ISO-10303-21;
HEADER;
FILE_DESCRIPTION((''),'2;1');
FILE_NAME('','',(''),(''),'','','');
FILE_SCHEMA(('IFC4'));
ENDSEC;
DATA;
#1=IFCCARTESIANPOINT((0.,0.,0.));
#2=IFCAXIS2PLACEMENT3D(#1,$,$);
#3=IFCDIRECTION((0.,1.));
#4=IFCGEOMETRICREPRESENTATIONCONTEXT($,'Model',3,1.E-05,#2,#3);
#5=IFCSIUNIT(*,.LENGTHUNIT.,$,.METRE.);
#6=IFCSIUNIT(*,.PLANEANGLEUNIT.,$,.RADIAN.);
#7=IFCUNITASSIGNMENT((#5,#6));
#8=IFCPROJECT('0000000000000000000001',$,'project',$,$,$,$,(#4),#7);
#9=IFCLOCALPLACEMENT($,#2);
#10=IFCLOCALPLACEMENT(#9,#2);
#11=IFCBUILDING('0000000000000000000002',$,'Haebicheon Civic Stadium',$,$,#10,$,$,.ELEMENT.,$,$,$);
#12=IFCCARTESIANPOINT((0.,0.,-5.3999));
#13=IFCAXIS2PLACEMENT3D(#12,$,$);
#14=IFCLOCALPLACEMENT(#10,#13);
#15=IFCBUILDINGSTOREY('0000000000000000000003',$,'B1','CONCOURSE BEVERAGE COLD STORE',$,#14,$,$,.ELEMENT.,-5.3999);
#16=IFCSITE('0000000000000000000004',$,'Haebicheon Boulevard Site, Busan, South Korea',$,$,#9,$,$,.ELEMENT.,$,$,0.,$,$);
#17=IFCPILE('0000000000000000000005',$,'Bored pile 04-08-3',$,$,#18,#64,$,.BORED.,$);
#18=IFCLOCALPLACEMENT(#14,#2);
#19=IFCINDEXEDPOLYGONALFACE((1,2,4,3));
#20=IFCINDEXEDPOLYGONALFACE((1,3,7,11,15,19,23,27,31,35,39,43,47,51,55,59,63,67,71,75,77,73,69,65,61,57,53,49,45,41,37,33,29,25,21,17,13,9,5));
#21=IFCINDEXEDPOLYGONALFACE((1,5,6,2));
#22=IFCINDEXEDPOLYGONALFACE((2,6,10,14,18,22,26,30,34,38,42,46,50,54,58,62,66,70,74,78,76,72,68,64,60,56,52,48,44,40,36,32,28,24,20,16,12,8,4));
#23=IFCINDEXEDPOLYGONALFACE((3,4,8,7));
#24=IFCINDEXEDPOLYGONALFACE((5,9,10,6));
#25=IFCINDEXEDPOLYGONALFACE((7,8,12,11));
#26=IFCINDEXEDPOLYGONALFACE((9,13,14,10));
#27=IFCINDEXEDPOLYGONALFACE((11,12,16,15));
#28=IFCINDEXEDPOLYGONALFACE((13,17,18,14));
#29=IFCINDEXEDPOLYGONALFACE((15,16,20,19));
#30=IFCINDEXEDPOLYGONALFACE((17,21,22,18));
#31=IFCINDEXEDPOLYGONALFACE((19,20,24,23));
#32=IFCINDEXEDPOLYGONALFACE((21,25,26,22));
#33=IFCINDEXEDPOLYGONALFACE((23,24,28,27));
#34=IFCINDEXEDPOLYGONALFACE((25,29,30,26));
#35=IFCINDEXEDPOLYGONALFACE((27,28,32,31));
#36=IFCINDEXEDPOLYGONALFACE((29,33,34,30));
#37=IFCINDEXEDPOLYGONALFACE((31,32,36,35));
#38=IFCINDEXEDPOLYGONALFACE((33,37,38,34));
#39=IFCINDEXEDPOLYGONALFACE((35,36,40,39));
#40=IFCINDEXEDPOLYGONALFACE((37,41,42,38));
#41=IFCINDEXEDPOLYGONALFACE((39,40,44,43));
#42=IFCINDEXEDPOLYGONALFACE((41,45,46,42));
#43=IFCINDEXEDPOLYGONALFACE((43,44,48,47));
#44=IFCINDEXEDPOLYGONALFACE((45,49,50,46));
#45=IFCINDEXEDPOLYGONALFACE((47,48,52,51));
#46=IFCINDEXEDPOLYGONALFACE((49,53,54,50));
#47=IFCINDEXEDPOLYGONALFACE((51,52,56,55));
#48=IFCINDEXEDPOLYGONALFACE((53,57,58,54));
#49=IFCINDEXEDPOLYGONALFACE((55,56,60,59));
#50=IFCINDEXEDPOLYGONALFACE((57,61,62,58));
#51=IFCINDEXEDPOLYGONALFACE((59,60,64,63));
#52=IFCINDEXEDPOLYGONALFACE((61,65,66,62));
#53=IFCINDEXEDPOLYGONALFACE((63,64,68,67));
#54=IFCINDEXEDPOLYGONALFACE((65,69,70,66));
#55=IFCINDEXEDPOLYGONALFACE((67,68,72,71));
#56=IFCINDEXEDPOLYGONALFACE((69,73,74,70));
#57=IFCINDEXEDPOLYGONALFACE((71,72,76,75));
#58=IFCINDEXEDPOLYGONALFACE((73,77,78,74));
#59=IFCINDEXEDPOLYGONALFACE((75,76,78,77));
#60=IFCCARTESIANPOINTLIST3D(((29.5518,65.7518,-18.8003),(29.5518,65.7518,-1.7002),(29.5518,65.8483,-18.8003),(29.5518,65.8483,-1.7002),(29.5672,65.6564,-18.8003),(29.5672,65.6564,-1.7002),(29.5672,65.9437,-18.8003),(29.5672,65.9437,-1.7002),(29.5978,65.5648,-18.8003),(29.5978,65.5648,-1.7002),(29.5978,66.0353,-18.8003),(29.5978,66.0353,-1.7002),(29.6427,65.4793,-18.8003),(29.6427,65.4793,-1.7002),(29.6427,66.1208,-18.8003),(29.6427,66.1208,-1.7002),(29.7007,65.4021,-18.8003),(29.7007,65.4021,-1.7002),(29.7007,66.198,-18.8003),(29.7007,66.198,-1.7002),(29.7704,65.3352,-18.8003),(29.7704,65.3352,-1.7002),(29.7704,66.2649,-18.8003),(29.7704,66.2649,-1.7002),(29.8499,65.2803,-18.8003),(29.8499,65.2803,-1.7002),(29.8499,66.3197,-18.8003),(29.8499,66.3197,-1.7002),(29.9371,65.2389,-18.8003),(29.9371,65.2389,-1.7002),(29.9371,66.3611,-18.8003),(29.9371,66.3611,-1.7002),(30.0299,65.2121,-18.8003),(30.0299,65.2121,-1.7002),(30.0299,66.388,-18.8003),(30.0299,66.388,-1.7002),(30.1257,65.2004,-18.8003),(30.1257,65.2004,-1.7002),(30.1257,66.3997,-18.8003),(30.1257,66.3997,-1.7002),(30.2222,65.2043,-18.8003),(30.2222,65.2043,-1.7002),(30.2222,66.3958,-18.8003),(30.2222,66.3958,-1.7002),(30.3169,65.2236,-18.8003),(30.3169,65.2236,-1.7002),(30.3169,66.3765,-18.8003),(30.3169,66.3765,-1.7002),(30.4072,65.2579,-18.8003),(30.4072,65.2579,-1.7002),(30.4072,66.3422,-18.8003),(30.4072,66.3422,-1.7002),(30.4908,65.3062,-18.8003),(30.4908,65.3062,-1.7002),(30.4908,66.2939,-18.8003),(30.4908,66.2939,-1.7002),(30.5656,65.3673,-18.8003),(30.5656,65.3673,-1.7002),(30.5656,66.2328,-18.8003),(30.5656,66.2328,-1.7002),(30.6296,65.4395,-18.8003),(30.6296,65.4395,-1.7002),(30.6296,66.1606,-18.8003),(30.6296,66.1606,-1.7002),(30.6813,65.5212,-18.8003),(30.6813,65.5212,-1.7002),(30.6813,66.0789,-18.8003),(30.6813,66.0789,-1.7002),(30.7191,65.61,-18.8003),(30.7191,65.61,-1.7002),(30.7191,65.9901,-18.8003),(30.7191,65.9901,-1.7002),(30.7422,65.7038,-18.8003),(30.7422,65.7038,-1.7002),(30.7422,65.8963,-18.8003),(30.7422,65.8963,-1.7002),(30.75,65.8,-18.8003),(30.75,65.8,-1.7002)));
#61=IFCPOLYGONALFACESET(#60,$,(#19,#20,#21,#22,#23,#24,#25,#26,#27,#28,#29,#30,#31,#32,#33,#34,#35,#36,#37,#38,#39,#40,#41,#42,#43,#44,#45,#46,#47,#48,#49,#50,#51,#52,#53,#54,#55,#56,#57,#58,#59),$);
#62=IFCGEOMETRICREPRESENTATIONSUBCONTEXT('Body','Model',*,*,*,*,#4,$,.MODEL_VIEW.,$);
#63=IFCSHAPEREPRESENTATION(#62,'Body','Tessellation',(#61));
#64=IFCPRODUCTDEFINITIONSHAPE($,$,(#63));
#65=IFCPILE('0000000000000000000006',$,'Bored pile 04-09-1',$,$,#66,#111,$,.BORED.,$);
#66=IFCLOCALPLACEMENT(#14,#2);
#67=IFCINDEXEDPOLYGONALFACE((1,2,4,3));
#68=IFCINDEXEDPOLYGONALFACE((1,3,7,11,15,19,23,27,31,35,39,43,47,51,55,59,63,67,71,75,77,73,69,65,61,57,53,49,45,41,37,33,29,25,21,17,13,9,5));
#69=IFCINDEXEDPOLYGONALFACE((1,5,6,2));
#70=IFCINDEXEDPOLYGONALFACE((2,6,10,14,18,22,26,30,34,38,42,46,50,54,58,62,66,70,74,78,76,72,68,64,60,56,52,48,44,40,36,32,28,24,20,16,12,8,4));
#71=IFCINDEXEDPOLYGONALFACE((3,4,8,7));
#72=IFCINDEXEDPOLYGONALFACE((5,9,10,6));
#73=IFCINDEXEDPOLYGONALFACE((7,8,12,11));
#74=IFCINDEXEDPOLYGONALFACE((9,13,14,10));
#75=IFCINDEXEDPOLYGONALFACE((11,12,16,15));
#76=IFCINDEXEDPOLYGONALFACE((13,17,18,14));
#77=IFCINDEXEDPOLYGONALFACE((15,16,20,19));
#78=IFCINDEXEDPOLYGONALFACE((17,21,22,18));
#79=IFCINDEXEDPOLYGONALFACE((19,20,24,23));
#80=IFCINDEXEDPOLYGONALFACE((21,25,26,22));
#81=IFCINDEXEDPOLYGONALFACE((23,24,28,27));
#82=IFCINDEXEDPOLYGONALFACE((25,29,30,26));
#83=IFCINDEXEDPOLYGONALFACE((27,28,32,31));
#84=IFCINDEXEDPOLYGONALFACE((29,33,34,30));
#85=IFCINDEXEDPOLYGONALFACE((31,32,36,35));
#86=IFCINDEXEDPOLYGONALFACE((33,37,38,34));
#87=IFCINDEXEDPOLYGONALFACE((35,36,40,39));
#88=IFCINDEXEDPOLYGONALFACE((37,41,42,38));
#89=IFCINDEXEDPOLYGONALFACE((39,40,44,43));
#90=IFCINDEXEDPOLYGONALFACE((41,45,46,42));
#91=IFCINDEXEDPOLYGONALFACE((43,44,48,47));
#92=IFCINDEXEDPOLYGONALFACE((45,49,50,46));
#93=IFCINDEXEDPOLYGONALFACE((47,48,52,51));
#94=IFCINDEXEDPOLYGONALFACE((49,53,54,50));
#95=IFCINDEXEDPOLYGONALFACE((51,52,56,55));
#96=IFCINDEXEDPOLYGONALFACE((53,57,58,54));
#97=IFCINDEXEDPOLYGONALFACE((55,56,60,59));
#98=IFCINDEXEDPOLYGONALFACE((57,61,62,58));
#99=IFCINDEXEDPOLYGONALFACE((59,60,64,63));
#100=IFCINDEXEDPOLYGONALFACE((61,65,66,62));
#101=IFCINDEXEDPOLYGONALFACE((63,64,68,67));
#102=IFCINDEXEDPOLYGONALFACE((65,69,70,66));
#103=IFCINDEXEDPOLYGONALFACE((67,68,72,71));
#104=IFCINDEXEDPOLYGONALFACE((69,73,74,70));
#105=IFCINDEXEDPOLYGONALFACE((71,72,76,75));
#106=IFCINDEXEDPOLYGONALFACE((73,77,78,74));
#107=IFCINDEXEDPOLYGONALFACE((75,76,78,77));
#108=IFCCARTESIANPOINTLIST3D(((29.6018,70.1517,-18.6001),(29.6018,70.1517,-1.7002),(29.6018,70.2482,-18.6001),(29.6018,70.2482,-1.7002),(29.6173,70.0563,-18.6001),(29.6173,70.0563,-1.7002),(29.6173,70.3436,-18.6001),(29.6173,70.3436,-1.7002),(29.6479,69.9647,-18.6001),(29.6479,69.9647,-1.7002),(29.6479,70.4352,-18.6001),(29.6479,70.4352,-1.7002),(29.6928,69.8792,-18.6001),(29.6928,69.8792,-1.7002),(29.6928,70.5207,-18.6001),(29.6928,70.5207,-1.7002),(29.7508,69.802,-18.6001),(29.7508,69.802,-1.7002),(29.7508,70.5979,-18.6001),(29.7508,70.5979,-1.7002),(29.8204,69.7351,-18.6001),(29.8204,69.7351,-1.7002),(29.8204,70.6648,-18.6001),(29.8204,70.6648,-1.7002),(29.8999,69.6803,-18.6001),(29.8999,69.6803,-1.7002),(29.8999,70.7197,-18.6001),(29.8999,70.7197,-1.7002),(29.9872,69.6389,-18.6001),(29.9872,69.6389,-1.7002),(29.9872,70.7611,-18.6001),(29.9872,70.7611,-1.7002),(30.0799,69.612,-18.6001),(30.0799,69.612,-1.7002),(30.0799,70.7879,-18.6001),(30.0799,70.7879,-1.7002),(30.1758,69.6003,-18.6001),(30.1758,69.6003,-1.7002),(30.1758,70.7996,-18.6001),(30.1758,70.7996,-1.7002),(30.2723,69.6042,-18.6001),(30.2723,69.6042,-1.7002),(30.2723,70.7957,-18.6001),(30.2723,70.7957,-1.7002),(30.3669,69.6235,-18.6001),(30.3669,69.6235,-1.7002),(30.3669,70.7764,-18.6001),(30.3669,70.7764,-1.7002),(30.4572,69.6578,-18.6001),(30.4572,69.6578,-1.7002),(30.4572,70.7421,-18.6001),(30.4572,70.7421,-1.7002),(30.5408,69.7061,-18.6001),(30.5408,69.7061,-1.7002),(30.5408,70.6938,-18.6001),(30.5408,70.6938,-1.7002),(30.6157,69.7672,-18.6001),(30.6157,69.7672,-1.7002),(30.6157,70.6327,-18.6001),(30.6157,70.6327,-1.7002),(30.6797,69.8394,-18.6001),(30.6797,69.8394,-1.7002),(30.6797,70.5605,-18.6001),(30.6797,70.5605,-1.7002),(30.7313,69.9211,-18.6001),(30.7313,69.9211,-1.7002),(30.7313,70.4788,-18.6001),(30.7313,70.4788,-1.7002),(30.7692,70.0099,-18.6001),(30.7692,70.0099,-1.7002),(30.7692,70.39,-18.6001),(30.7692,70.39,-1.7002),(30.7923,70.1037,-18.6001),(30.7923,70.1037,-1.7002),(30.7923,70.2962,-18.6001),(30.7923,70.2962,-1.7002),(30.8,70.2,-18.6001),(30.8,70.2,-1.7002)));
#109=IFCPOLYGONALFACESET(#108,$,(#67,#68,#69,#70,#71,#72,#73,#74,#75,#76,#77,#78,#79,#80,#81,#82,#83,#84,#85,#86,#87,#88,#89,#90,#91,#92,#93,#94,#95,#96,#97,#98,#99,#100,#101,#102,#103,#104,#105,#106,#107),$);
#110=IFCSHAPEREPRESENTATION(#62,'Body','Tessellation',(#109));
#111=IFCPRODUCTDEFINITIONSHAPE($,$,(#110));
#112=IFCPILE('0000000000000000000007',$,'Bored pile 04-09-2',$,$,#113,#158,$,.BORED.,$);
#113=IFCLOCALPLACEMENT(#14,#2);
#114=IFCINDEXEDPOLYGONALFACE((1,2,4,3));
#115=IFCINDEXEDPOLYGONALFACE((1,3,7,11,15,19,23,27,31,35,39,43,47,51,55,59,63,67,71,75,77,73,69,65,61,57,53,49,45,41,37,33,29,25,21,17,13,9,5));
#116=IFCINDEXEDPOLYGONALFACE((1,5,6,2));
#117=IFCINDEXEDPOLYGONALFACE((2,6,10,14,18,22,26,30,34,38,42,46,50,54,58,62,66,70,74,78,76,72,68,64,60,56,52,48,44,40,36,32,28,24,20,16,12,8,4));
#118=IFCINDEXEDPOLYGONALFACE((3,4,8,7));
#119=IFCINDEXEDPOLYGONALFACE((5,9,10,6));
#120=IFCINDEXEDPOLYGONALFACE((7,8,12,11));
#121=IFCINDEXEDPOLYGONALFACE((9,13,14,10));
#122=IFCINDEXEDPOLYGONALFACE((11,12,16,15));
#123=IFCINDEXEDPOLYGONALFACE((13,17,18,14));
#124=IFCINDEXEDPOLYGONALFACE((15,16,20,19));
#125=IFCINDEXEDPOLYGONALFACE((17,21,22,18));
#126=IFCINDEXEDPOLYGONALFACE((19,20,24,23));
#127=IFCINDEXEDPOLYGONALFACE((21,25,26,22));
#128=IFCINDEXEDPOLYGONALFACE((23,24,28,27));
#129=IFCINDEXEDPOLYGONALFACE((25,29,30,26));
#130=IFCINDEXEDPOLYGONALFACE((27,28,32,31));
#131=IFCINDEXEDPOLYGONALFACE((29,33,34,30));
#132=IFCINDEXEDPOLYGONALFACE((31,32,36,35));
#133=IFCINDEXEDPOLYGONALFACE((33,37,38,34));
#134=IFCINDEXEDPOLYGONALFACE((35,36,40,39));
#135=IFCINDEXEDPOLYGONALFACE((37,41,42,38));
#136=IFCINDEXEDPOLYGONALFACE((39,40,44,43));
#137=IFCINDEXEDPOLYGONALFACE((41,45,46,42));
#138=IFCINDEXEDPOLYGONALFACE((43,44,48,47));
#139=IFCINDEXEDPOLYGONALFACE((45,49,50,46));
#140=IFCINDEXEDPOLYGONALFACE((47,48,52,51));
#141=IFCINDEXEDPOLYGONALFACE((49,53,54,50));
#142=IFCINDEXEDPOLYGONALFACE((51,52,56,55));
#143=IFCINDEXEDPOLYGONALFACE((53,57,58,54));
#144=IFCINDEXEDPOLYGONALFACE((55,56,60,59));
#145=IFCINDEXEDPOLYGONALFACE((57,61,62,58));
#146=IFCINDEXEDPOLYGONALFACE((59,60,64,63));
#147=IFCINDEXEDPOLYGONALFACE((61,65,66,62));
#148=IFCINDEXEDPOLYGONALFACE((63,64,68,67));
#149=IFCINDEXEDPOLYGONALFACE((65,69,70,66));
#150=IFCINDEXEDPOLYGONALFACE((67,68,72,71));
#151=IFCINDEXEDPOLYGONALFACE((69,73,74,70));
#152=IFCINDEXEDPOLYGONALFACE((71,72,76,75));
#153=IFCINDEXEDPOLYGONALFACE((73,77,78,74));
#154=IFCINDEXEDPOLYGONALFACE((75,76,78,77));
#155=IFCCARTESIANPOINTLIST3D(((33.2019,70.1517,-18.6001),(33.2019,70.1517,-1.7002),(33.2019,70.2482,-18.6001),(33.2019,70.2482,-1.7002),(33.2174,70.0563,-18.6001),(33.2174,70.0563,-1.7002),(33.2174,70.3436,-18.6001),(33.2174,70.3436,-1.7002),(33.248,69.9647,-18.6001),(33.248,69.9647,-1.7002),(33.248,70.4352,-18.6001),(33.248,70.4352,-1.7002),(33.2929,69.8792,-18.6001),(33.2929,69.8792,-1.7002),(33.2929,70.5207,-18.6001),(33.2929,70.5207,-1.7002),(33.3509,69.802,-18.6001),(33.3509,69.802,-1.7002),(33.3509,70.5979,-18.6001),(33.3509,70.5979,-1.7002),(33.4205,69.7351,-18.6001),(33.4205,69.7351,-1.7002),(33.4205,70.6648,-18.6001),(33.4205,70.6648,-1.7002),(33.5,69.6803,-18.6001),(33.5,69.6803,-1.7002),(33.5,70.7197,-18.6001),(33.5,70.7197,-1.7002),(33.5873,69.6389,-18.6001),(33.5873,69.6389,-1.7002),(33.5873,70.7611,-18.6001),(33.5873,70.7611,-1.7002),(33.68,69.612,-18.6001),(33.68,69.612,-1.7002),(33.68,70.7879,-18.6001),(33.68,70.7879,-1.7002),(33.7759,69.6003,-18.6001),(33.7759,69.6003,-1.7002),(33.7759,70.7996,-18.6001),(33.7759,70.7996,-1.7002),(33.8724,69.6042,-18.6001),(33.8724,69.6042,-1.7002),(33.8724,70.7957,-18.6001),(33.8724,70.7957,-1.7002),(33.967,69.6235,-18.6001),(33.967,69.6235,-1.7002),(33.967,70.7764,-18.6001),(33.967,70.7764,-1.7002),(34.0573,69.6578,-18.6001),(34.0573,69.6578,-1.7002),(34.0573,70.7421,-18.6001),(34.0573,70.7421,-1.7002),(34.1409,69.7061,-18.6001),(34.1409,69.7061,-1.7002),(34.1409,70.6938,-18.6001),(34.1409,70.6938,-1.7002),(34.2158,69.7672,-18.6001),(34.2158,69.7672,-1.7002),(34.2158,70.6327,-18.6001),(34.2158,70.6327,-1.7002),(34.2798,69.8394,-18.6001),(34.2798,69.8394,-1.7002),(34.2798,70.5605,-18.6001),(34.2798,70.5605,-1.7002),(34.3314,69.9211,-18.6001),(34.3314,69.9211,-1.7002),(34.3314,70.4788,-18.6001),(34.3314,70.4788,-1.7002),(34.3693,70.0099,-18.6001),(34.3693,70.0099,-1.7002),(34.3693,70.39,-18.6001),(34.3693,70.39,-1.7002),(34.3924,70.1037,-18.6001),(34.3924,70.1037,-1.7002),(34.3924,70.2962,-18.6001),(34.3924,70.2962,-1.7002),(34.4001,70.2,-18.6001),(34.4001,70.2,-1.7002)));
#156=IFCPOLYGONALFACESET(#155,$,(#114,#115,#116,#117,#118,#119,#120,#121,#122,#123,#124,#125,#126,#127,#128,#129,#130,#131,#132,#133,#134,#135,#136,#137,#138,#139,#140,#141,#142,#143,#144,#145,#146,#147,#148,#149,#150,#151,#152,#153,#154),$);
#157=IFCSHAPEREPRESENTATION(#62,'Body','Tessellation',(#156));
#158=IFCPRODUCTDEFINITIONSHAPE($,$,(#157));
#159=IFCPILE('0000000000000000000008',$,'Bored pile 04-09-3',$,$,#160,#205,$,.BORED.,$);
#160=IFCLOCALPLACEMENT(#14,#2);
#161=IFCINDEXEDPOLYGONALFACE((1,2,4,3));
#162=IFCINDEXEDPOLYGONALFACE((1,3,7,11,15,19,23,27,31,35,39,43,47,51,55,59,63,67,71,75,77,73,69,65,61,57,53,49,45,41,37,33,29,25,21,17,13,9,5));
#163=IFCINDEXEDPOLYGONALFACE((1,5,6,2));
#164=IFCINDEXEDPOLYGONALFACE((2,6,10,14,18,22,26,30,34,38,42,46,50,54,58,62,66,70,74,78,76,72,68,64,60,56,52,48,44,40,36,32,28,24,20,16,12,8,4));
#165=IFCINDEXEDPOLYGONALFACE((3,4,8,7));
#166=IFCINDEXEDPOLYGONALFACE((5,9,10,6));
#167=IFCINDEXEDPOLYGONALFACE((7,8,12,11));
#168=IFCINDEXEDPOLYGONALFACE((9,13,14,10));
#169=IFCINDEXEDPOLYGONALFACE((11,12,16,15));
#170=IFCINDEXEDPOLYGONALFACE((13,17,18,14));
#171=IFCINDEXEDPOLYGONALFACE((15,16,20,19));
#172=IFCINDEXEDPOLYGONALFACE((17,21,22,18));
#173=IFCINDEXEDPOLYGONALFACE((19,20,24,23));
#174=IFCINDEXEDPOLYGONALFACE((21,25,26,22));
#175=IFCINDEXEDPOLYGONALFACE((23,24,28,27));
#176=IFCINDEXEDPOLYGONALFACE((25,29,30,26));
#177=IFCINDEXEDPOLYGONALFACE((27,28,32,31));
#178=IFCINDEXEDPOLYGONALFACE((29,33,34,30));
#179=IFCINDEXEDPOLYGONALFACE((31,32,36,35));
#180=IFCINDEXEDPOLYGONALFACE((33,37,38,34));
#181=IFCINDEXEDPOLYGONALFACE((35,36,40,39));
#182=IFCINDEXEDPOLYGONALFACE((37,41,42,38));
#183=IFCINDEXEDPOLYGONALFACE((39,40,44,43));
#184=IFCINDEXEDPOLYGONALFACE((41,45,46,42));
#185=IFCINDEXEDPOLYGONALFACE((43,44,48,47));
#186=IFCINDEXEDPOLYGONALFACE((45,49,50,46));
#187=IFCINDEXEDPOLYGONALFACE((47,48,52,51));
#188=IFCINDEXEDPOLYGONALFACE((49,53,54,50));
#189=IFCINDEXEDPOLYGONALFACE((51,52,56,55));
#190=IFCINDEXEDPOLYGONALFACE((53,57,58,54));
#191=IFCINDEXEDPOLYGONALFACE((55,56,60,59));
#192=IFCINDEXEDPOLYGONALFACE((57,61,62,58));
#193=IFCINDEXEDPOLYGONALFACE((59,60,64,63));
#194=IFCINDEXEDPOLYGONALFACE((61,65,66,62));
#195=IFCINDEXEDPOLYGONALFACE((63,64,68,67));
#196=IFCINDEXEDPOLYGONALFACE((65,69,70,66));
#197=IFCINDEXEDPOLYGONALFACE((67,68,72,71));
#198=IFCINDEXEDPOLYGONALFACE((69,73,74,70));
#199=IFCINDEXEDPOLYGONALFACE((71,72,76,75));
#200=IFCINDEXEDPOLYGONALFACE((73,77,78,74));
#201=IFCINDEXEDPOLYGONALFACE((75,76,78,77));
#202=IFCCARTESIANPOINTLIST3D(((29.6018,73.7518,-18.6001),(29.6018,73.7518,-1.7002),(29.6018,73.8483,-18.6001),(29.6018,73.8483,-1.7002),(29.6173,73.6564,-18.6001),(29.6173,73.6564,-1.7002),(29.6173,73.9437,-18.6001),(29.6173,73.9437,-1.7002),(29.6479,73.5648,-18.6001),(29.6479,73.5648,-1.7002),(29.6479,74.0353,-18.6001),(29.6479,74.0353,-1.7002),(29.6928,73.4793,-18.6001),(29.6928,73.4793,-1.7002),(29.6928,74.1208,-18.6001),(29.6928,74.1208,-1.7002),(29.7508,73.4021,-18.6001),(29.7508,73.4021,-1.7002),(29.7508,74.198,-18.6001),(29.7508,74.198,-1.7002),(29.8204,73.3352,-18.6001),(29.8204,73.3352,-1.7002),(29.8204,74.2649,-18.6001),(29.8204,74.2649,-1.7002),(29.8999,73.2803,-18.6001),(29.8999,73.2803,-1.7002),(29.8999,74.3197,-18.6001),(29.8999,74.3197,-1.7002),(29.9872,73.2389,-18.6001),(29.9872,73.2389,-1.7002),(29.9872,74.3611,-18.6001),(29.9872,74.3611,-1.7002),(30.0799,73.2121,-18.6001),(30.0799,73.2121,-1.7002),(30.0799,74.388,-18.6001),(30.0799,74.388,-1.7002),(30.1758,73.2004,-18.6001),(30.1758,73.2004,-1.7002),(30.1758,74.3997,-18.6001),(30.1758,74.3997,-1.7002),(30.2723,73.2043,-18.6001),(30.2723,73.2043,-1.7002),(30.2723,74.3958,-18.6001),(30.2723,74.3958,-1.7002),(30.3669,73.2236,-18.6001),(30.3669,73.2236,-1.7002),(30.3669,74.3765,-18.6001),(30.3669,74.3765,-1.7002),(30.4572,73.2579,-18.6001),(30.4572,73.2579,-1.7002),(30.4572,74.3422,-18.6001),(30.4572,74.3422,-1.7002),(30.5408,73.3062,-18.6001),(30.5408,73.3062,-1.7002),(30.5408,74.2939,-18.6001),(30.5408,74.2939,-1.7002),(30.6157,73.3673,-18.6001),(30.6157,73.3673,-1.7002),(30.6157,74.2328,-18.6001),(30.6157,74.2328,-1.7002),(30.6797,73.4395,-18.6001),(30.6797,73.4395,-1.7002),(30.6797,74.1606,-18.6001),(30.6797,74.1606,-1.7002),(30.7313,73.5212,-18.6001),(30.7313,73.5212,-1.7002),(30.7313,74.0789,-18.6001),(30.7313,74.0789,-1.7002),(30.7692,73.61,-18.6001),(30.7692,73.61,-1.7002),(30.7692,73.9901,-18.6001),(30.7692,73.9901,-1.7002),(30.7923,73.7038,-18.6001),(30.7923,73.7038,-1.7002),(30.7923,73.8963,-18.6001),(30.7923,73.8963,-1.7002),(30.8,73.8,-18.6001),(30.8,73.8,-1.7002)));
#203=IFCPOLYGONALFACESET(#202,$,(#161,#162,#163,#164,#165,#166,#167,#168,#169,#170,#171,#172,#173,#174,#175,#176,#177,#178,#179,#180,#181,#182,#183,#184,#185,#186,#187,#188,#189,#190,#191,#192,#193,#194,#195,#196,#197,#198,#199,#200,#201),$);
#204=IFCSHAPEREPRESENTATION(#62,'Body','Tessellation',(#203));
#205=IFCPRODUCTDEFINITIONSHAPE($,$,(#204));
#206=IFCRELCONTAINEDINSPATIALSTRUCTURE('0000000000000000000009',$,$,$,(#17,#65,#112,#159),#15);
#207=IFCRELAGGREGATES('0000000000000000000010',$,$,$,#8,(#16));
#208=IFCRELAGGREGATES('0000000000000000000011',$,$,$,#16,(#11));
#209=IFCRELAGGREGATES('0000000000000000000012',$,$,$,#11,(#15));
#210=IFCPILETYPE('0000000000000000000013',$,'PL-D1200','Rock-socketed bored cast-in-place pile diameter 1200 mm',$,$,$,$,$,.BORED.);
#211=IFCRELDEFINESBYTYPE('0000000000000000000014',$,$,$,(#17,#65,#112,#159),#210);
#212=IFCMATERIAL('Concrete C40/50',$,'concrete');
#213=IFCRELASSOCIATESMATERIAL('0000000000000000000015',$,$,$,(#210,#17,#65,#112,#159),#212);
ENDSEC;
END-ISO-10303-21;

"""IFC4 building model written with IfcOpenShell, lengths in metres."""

from ifc_helpers import new_model, si_unit, direction, frame, origin, origin_2d, place, context, subcontext, project, spatial, circle, extrude, material, material_profile, profile_set, type_object, element, save


model = new_model("IFC4")

# Units and contexts
model_context = context("Model", 3, precision=1e-05, world=origin(), true_north=direction((0.0, 1.0)))
body_context = subcontext(model_context, "Body", "Model", "MODEL_VIEW")
ifc_project = project(units=[si_unit("LENGTHUNIT", "METRE"), si_unit("PLANEANGLEUNIT", "RADIAN")], contexts=[model_context])

# Site, building, storey
site_placement = place(None, origin())
site = spatial("IfcSite", under=ifc_project, at=site_placement, Name="Haebicheon Boulevard Site, Busan, South Korea", CompositionType="ELEMENT", RefElevation=0.0)
building_placement = place(site_placement, origin())
building = spatial("IfcBuilding", under=site, at=building_placement, Name="Haebicheon Civic Stadium", CompositionType="ELEMENT")
storey_placement = place(building_placement, frame((0.0, 0.0, -5.3999)))
storey = spatial("IfcBuildingStorey", under=building, at=storey_placement, Name="B1", Description="CONCOURSE BEVERAGE COLD STORE", CompositionType="ELEMENT", Elevation=-5.3999)

# Piles
ifc_material_1 = material(Name="Concrete C40/50", Category="concrete")
ifc_material_profile_1 = material_profile(ifc_material_1, circle(Radius=0.6001, at=origin_2d()), Name="PILE-D1200")
ifc_profile_set_1 = profile_set([ifc_material_profile_1], Name="Concrete C40/50")
pile_type = type_object("IfcPileType", Name="PL-D1200", Description="Rock-socketed bored cast-in-place pile diameter 1200 mm", PredefinedType="BORED", material=ifc_profile_set_1)
for number, where, z_axis, x_axis, name in (
    (1, (30.1499, 65.8, -1.7002), (0.0, 0.0, -1.0), (1.0, 0.0, 0.0), "Bored pile 04-08-3"),
):
    element("IfcPile", number, at=place(storey_placement, frame(where, z_axis=z_axis, x_axis=x_axis)), inside=storey, type_object=pile_type, material=ifc_profile_set_1, Name=name, PredefinedType="BORED", context=body_context, shape_type="SweptSolid", body=[
        extrude(circle(Radius=0.6001, at=origin_2d()), origin(), (0.0, 0.0, 1.0), 17.1001),
    ])
for number, where, z_axis, x_axis, name in (
    (2, (30.2, 70.2, -1.7002), (0.0, 0.0, -1.0), (1.0, 0.0, 0.0), "Bored pile 04-09-1"),
    (3, (33.8, 70.2, -1.7002), (0.0, 0.0, -1.0), (1.0, 0.0, 0.0), "Bored pile 04-09-2"),
    (4, (30.2, 73.8, -1.7002), (0.0, 0.0, -1.0), (1.0, 0.0, 0.0), "Bored pile 04-09-3"),
):
    element("IfcPile", number, at=place(storey_placement, frame(where, z_axis=z_axis, x_axis=x_axis)), inside=storey, type_object=pile_type, material=ifc_profile_set_1, Name=name, PredefinedType="BORED", context=body_context, shape_type="SweptSolid", body=[
        extrude(circle(Radius=0.6001, at=origin_2d()), origin(), (0.0, 0.0, 1.0), 16.8999),
    ])

save(model, "model.ifc")
